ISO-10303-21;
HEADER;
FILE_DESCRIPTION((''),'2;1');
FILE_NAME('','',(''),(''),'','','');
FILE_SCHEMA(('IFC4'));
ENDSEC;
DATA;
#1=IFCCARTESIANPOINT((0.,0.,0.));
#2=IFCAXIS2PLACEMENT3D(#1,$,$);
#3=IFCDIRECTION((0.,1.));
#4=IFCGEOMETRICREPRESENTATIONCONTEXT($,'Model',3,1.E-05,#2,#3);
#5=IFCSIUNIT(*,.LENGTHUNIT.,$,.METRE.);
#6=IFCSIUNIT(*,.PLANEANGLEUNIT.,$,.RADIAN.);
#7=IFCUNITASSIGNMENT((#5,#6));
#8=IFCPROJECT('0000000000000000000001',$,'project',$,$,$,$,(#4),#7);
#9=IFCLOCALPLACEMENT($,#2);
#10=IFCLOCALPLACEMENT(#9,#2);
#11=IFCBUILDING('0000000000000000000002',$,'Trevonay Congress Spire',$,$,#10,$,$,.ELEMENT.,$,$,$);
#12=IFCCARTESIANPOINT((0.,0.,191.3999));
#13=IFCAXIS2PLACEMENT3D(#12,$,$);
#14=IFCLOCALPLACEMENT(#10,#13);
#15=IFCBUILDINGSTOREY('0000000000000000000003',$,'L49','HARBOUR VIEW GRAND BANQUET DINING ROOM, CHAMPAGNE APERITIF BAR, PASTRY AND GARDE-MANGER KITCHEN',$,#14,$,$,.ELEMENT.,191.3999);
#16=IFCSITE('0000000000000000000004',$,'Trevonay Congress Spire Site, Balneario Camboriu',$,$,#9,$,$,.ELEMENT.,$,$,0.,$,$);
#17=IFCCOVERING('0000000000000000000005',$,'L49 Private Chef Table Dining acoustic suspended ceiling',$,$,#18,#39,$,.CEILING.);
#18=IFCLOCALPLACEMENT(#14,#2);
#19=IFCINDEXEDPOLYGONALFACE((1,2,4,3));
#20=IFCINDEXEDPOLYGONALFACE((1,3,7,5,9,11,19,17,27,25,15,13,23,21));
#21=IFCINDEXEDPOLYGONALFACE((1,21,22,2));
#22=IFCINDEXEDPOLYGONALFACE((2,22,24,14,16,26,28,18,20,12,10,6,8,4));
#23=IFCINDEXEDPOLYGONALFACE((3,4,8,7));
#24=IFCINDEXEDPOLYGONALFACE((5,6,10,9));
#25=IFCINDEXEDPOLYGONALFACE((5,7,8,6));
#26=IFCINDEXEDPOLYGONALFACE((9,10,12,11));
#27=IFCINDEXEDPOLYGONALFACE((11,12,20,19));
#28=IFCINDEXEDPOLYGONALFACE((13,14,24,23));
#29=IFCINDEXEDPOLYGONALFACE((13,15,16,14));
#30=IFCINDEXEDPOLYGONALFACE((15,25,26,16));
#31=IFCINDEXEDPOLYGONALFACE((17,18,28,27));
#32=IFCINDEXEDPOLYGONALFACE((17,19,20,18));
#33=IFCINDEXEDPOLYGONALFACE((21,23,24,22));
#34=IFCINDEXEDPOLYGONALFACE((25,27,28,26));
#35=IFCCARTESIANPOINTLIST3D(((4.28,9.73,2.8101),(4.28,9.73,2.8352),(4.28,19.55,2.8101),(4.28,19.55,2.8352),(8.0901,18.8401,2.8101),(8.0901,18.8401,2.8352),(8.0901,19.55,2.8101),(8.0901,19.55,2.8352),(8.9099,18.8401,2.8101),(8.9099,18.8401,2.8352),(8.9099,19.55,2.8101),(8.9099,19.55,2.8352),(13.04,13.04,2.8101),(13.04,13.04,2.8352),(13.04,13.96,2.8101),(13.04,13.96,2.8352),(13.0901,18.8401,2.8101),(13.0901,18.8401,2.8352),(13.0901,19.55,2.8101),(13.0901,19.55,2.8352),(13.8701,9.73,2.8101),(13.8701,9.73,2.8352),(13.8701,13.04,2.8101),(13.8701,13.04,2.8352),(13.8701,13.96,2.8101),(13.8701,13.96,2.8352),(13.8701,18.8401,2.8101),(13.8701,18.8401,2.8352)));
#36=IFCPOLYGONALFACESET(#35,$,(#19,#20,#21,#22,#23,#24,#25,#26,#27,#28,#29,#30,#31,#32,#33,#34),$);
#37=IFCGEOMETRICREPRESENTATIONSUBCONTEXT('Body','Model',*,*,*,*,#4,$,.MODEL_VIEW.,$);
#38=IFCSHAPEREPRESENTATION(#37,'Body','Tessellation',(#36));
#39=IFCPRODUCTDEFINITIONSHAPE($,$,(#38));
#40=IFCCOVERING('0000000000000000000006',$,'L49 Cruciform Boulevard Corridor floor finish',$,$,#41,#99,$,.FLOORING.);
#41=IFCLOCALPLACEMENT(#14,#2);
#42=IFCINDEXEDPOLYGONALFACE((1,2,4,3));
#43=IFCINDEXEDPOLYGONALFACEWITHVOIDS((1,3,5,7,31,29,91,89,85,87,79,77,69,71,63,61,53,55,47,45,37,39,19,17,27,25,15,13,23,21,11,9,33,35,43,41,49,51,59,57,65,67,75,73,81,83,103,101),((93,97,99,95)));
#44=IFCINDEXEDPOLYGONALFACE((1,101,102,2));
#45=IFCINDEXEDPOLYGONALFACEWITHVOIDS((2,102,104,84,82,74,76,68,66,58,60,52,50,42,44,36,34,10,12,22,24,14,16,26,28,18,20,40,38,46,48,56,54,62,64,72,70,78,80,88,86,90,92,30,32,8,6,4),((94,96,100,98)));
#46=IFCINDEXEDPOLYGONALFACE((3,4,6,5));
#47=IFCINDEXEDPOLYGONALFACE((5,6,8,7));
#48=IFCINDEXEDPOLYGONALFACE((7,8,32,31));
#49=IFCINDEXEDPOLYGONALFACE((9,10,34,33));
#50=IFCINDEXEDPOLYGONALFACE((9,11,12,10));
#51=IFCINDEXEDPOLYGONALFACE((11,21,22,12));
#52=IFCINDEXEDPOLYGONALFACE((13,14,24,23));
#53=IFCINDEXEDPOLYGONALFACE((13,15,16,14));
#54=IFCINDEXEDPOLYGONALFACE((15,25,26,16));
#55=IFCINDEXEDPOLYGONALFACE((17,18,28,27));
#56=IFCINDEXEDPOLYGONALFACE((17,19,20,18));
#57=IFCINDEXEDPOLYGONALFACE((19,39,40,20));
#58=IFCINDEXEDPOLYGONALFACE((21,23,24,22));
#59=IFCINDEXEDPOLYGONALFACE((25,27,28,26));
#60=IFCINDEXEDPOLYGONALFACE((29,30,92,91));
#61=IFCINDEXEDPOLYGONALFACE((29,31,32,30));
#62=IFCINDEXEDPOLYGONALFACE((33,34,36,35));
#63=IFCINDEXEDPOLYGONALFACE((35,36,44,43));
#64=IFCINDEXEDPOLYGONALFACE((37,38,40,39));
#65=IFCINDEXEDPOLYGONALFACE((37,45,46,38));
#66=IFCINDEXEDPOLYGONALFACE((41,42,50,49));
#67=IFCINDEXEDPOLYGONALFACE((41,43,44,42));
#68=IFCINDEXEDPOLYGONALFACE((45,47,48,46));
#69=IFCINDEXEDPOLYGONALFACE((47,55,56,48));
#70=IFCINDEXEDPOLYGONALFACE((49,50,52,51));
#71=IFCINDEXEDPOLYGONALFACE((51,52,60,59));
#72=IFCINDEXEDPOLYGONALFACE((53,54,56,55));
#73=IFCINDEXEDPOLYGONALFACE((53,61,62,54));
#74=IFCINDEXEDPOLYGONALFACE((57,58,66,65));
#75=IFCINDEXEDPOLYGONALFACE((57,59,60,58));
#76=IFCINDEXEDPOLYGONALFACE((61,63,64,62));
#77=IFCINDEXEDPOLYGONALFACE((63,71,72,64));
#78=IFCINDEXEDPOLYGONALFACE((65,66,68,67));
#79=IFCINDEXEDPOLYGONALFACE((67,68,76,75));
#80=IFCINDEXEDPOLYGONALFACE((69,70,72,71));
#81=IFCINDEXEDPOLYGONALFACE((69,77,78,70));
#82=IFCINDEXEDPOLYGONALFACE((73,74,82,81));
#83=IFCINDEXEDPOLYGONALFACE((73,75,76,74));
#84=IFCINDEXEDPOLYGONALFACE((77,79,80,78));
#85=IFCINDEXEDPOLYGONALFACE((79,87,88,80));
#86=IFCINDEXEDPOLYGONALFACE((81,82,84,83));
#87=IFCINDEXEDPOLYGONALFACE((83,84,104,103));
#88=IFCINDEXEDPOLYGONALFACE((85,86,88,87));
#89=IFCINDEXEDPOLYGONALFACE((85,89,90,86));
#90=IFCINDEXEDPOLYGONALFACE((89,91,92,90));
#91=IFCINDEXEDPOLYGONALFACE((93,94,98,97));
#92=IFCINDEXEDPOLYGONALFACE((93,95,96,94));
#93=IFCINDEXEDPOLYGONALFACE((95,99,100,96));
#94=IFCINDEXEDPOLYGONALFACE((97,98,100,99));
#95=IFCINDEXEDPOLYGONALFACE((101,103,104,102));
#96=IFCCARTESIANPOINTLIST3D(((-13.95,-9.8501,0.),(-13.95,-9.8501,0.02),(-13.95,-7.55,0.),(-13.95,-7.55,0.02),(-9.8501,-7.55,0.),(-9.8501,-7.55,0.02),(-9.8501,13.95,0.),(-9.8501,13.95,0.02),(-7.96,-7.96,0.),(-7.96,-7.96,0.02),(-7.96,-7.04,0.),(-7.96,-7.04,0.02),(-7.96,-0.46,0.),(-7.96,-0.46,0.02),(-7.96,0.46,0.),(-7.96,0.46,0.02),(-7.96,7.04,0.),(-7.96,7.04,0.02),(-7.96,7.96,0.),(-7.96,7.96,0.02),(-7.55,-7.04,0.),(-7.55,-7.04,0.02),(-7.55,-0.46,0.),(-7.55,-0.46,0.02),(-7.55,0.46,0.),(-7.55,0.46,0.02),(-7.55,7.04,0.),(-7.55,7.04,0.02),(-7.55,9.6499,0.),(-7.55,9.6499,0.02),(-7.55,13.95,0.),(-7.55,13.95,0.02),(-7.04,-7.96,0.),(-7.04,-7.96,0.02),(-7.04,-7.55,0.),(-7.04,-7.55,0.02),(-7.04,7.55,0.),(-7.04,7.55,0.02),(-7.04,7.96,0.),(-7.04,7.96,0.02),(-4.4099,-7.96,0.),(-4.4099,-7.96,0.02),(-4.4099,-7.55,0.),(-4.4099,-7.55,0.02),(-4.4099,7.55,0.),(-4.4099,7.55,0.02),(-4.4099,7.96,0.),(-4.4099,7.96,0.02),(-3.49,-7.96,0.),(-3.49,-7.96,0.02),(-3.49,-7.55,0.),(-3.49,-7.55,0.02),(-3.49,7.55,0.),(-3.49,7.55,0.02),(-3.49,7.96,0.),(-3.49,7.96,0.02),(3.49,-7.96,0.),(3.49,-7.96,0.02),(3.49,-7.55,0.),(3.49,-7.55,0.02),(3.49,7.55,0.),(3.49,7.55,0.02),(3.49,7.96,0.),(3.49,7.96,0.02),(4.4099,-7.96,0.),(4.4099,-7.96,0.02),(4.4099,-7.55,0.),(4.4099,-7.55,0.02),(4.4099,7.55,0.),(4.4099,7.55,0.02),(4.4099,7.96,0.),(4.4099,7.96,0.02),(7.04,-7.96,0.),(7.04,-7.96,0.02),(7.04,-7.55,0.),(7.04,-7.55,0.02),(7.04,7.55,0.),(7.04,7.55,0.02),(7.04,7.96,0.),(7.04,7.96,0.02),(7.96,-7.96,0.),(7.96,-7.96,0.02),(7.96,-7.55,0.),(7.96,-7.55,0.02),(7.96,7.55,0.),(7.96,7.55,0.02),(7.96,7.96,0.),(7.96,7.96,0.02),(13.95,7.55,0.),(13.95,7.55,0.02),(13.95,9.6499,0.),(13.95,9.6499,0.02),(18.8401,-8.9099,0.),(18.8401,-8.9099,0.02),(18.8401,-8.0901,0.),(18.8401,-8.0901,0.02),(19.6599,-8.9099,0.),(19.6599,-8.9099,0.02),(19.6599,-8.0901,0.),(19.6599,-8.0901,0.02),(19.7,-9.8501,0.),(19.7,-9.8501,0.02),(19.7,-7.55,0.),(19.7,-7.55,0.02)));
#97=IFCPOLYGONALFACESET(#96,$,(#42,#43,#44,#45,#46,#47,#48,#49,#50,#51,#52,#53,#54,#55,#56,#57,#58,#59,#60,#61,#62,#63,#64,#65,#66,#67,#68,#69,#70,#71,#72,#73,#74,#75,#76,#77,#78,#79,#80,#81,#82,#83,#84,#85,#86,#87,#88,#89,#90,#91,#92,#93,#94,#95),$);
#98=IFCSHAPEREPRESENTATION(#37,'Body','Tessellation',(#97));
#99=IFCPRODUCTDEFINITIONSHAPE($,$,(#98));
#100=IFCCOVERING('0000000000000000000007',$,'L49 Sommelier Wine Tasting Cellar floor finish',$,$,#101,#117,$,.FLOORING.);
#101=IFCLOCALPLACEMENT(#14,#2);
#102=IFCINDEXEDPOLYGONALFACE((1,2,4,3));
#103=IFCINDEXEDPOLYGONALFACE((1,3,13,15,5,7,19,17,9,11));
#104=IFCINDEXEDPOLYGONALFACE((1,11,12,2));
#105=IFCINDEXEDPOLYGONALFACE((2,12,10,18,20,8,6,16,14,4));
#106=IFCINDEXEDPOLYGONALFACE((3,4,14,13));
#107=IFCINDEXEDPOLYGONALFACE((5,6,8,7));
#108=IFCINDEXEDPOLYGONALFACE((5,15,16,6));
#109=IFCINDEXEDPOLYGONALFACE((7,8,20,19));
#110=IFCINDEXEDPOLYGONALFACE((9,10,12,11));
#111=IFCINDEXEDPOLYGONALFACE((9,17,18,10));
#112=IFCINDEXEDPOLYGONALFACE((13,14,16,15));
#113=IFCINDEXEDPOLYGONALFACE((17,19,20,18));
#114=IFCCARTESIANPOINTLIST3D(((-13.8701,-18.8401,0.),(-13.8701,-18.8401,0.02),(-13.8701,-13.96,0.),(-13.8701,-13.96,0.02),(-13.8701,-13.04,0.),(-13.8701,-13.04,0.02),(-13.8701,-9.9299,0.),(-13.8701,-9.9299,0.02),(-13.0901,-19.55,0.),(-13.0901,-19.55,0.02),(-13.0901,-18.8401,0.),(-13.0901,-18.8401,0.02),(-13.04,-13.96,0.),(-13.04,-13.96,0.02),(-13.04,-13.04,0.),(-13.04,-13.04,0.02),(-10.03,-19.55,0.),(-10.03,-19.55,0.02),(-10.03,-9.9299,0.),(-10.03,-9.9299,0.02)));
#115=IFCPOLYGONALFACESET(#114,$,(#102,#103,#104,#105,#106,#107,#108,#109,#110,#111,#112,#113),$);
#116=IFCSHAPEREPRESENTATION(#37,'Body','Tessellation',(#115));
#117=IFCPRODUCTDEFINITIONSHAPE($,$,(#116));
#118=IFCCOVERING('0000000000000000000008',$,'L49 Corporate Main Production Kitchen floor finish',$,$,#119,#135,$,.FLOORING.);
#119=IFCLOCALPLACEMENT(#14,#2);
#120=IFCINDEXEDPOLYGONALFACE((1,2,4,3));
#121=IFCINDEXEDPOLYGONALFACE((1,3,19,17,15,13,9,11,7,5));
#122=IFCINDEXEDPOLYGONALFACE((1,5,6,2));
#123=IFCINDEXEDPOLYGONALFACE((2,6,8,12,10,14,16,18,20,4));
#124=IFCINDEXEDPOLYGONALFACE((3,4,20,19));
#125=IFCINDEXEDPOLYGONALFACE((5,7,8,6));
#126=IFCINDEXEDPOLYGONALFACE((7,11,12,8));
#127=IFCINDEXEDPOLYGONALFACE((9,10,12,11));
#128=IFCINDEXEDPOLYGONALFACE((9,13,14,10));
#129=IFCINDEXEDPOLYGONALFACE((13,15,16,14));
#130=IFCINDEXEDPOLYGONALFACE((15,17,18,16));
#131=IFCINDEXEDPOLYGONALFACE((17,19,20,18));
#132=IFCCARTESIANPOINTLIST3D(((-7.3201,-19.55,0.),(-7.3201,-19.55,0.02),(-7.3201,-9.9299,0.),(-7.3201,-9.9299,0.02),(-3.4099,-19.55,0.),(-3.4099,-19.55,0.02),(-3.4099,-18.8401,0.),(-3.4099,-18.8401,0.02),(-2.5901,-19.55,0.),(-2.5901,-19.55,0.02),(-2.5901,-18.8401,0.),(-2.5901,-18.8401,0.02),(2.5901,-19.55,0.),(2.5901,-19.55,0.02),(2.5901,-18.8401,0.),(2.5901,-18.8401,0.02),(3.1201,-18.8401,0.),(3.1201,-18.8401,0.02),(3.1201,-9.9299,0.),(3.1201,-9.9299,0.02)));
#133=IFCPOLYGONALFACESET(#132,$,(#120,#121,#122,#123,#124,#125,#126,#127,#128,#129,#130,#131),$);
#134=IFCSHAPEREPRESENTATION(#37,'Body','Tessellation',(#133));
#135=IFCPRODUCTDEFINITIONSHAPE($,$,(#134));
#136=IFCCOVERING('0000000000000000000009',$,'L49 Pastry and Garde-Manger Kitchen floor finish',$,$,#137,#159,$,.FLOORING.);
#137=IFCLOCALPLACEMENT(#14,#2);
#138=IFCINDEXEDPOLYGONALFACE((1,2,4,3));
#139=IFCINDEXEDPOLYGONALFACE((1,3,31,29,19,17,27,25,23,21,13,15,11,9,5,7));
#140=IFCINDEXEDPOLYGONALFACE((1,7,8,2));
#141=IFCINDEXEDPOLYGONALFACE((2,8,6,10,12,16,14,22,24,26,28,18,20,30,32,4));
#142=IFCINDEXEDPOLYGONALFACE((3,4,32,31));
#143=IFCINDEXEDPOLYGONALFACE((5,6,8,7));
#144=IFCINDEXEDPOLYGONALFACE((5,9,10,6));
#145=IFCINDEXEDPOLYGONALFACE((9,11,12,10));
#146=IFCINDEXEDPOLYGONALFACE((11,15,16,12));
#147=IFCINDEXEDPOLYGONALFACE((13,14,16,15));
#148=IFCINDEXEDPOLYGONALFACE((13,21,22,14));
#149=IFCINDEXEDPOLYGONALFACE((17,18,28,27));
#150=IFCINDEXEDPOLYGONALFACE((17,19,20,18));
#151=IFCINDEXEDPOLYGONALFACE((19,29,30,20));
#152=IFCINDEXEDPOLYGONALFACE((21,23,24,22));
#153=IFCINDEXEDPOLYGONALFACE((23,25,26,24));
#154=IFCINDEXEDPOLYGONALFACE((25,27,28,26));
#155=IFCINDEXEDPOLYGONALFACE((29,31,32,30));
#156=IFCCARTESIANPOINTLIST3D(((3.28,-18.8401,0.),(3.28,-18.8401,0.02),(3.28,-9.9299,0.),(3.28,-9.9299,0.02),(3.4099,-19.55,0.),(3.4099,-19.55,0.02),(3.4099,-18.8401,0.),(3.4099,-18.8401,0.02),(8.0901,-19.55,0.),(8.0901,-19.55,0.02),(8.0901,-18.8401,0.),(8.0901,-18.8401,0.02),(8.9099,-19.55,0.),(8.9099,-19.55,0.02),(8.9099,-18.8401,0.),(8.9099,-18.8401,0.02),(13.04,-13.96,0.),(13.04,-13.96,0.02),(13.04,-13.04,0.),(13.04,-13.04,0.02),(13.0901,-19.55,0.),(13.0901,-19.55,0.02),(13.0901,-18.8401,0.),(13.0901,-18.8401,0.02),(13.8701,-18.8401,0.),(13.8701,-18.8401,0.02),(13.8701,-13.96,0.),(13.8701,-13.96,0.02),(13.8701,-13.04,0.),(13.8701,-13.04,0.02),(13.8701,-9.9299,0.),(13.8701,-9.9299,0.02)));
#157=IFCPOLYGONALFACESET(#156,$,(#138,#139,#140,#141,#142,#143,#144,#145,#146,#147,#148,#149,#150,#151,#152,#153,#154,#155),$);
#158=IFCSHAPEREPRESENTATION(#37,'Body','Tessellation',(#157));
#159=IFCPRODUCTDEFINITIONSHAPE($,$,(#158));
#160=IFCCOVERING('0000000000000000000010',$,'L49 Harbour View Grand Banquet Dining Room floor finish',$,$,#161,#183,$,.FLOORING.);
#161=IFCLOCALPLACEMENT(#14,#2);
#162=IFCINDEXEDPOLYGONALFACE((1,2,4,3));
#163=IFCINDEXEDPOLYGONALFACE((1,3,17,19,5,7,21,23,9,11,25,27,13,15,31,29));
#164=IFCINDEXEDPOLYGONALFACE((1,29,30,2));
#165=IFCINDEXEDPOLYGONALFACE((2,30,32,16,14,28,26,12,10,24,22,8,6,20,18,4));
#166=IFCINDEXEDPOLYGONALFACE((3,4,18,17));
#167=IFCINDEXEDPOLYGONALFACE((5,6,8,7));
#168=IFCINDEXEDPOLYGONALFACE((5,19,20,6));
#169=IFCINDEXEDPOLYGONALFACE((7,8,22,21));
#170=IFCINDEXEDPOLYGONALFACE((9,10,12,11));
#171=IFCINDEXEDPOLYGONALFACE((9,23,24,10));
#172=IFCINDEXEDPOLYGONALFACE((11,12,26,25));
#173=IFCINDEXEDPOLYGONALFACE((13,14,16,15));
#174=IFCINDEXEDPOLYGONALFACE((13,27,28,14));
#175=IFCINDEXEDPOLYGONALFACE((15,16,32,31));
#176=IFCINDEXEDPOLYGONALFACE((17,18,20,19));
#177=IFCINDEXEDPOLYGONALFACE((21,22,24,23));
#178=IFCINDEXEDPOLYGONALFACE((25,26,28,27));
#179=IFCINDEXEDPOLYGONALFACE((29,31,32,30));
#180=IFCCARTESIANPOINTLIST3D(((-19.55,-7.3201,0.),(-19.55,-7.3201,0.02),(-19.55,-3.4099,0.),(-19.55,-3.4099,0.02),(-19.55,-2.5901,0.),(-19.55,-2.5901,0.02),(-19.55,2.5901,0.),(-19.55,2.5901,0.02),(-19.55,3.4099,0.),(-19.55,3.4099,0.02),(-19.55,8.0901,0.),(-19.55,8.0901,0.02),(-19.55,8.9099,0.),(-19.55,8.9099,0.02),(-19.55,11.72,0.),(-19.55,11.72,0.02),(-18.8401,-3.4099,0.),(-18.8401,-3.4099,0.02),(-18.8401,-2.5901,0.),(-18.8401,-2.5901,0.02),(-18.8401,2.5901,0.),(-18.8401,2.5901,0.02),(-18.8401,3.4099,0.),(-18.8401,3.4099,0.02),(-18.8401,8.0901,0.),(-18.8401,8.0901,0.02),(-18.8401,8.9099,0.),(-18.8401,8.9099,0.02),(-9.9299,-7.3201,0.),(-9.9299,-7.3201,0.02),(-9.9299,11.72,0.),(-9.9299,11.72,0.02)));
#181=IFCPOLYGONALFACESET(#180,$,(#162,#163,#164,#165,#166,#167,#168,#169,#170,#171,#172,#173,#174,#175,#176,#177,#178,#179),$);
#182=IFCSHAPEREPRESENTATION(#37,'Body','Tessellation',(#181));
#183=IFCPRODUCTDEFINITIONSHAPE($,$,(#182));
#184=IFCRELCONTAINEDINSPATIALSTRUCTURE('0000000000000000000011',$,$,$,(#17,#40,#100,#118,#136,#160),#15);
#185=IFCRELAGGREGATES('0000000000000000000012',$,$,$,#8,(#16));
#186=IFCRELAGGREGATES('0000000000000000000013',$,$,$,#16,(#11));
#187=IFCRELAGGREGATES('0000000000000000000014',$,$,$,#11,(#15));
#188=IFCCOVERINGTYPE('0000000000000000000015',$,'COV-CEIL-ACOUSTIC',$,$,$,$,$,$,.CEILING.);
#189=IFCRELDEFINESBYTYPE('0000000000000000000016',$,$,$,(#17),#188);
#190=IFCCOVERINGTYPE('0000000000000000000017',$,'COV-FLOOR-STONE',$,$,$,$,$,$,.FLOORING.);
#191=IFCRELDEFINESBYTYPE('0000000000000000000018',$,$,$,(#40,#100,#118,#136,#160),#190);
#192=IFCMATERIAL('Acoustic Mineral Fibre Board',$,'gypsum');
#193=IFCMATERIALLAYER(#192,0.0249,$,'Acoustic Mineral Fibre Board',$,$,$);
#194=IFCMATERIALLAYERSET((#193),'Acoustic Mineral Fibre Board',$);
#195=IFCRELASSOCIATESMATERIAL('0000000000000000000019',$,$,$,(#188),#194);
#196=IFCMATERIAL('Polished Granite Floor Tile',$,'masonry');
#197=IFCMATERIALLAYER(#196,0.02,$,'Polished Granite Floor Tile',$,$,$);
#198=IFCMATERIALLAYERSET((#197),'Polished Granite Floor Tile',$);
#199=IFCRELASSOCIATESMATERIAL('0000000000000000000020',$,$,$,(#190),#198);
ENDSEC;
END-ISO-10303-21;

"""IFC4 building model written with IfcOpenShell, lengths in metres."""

from ifc_helpers import new_model, si_unit, direction, frame, origin, place, context, subcontext, project, spatial, polyline, outline, extrude, material, layer, layer_set, type_object, element, save


model = new_model("IFC4")

# Units and contexts
model_context = context("Model", 3, precision=1e-05, world=origin(), true_north=direction((0.0, 1.0)))
body_context = subcontext(model_context, "Body", "Model", "MODEL_VIEW")
ifc_project = project(units=[si_unit("LENGTHUNIT", "METRE"), si_unit("PLANEANGLEUNIT", "RADIAN")], contexts=[model_context])

# Site, building, storey
site_placement = place(None, origin())
site = spatial("IfcSite", under=ifc_project, at=site_placement, Name="Trevonay Congress Spire Site, Balneario Camboriu", CompositionType="ELEMENT", RefElevation=0.0)
building_placement = place(site_placement, origin())
building = spatial("IfcBuilding", under=site, at=building_placement, Name="Trevonay Congress Spire", CompositionType="ELEMENT")
storey_placement = place(building_placement, frame((0.0, 0.0, 191.3999)))
storey = spatial("IfcBuildingStorey", under=building, at=storey_placement, Name="L49", Description="HARBOUR VIEW GRAND BANQUET DINING ROOM, CHAMPAGNE APERITIF BAR, PASTRY AND GARDE-MANGER KITCHEN", CompositionType="ELEMENT", Elevation=191.3999)

# Coverings
ifc_material_1 = material(Name="Acoustic Mineral Fibre Board", Category="gypsum")
ifc_layer_1 = layer(ifc_material_1, 0.0249, Name="Acoustic Mineral Fibre Board")
ifc_layer_set_1 = layer_set([ifc_layer_1], Name="Acoustic Mineral Fibre Board")
covering_type_1 = type_object("IfcCoveringType", Name="COV-CEIL-ACOUSTIC", PredefinedType="CEILING", material=ifc_layer_set_1)
covering_1_placement = place(storey_placement, frame((0.0, 0.0, 2.8101)))
element("IfcCovering", 1, at=covering_1_placement, inside=storey, type_object=covering_type_1, Name="L49 Private Chef Table Dining acoustic suspended ceiling", PredefinedType="CEILING", context=body_context, shape_type="SweptSolid", body=[
    extrude(outline(polyline([(13.8701, 9.73), (4.28, 9.73), (4.28, 19.55), (8.0901, 19.55), (8.0901, 18.8401), (8.9099, 18.8401), (8.9099, 19.55), (13.0901, 19.55), (13.0901, 18.8401), (13.8701, 18.8401), (13.8701, 13.96), (13.04, 13.96), (13.04, 13.04), (13.8701, 13.04), (13.8701, 9.73)])), origin(), (0.0, 0.0, 1.0), 0.0251),
])
ifc_material_2 = material(Name="Polished Granite Floor Tile", Category="masonry")
ifc_layer_2 = layer(ifc_material_2, 0.02, Name="Polished Granite Floor Tile")
ifc_layer_set_2 = layer_set([ifc_layer_2], Name="Polished Granite Floor Tile")
covering_type_2 = type_object("IfcCoveringType", Name="COV-FLOOR-STONE", PredefinedType="FLOORING", material=ifc_layer_set_2)
covering_2_placement = place(storey_placement, origin())
element("IfcCovering", 2, at=covering_2_placement, inside=storey, type_object=covering_type_2, Name="L49 Cruciform Boulevard Corridor floor finish", PredefinedType="FLOORING", context=body_context, shape_type="SweptSolid", body=[
    extrude(outline(polyline([(19.7, -7.55), (19.7, -9.8501), (-13.95, -9.8501), (-13.95, -7.55), (-9.8501, -7.55), (-9.8501, 13.95), (-7.55, 13.95), (-7.55, 9.6499), (13.95, 9.6499), (13.95, 7.55), (7.96, 7.55), (7.96, 7.96), (7.04, 7.96), (7.04, 7.55), (4.4099, 7.55), (4.4099, 7.96), (3.49, 7.96), (3.49, 7.55), (-3.49, 7.55), (-3.49, 7.96), (-4.4099, 7.96), (-4.4099, 7.55), (-7.04, 7.55), (-7.04, 7.96), (-7.96, 7.96), (-7.96, 7.04), (-7.55, 7.04), (-7.55, 0.46), (-7.96, 0.46), (-7.96, -0.46), (-7.55, -0.46), (-7.55, -7.04), (-7.96, -7.04), (-7.96, -7.96), (-7.04, -7.96), (-7.04, -7.55), (-4.4099, -7.55), (-4.4099, -7.96), (-3.49, -7.96), (-3.49, -7.55), (3.49, -7.55), (3.49, -7.96), (4.4099, -7.96), (4.4099, -7.55), (7.04, -7.55), (7.04, -7.96), (7.96, -7.96), (7.96, -7.55), (19.7, -7.55)]), holes=[polyline([(19.6599, -8.0901), (18.8401, -8.0901), (18.8401, -8.9099), (19.6599, -8.9099), (19.6599, -8.0901)])]), origin(), (0.0, 0.0, 1.0), 0.02),
])
covering_3_placement = place(storey_placement, origin())
element("IfcCovering", 3, at=covering_3_placement, inside=storey, type_object=covering_type_2, Name="L49 Sommelier Wine Tasting Cellar floor finish", PredefinedType="FLOORING", context=body_context, shape_type="SweptSolid", body=[
    extrude(outline(polyline([(-13.8701, -9.9299), (-10.03, -9.9299), (-10.03, -19.55), (-13.0901, -19.55), (-13.0901, -18.8401), (-13.8701, -18.8401), (-13.8701, -13.96), (-13.04, -13.96), (-13.04, -13.04), (-13.8701, -13.04), (-13.8701, -9.9299)])), origin(), (0.0, 0.0, 1.0), 0.02),
])
covering_4_placement = place(storey_placement, origin())
element("IfcCovering", 4, at=covering_4_placement, inside=storey, type_object=covering_type_2, Name="L49 Corporate Main Production Kitchen floor finish", PredefinedType="FLOORING", context=body_context, shape_type="SweptSolid", body=[
    extrude(outline(polyline([(-7.3201, -19.55), (-7.3201, -9.9299), (3.1201, -9.9299), (3.1201, -18.8401), (2.5901, -18.8401), (2.5901, -19.55), (-2.5901, -19.55), (-2.5901, -18.8401), (-3.4099, -18.8401), (-3.4099, -19.55), (-7.3201, -19.55)])), origin(), (0.0, 0.0, 1.0), 0.02),
])
covering_5_placement = place(storey_placement, origin())
element("IfcCovering", 5, at=covering_5_placement, inside=storey, type_object=covering_type_2, Name="L49 Pastry and Garde-Manger Kitchen floor finish", PredefinedType="FLOORING", context=body_context, shape_type="SweptSolid", body=[
    extrude(outline(polyline([(3.4099, -19.55), (3.4099, -18.8401), (3.28, -18.8401), (3.28, -9.9299), (13.8701, -9.9299), (13.8701, -13.04), (13.04, -13.04), (13.04, -13.96), (13.8701, -13.96), (13.8701, -18.8401), (13.0901, -18.8401), (13.0901, -19.55), (8.9099, -19.55), (8.9099, -18.8401), (8.0901, -18.8401), (8.0901, -19.55), (3.4099, -19.55)])), origin(), (0.0, 0.0, 1.0), 0.02),
])
covering_6_placement = place(storey_placement, origin())
element("IfcCovering", 6, at=covering_6_placement, inside=storey, type_object=covering_type_2, Name="L49 Harbour View Grand Banquet Dining Room floor finish", PredefinedType="FLOORING", context=body_context, shape_type="SweptSolid", body=[
    extrude(outline(polyline([(-19.55, 11.72), (-9.9299, 11.72), (-9.9299, -7.3201), (-19.55, -7.3201), (-19.55, -3.4099), (-18.8401, -3.4099), (-18.8401, -2.5901), (-19.55, -2.5901), (-19.55, 2.5901), (-18.8401, 2.5901), (-18.8401, 3.4099), (-19.55, 3.4099), (-19.55, 8.0901), (-18.8401, 8.0901), (-18.8401, 8.9099), (-19.55, 8.9099), (-19.55, 11.72)])), origin(), (0.0, 0.0, 1.0), 0.02),
])

save(model, "model.ifc")
